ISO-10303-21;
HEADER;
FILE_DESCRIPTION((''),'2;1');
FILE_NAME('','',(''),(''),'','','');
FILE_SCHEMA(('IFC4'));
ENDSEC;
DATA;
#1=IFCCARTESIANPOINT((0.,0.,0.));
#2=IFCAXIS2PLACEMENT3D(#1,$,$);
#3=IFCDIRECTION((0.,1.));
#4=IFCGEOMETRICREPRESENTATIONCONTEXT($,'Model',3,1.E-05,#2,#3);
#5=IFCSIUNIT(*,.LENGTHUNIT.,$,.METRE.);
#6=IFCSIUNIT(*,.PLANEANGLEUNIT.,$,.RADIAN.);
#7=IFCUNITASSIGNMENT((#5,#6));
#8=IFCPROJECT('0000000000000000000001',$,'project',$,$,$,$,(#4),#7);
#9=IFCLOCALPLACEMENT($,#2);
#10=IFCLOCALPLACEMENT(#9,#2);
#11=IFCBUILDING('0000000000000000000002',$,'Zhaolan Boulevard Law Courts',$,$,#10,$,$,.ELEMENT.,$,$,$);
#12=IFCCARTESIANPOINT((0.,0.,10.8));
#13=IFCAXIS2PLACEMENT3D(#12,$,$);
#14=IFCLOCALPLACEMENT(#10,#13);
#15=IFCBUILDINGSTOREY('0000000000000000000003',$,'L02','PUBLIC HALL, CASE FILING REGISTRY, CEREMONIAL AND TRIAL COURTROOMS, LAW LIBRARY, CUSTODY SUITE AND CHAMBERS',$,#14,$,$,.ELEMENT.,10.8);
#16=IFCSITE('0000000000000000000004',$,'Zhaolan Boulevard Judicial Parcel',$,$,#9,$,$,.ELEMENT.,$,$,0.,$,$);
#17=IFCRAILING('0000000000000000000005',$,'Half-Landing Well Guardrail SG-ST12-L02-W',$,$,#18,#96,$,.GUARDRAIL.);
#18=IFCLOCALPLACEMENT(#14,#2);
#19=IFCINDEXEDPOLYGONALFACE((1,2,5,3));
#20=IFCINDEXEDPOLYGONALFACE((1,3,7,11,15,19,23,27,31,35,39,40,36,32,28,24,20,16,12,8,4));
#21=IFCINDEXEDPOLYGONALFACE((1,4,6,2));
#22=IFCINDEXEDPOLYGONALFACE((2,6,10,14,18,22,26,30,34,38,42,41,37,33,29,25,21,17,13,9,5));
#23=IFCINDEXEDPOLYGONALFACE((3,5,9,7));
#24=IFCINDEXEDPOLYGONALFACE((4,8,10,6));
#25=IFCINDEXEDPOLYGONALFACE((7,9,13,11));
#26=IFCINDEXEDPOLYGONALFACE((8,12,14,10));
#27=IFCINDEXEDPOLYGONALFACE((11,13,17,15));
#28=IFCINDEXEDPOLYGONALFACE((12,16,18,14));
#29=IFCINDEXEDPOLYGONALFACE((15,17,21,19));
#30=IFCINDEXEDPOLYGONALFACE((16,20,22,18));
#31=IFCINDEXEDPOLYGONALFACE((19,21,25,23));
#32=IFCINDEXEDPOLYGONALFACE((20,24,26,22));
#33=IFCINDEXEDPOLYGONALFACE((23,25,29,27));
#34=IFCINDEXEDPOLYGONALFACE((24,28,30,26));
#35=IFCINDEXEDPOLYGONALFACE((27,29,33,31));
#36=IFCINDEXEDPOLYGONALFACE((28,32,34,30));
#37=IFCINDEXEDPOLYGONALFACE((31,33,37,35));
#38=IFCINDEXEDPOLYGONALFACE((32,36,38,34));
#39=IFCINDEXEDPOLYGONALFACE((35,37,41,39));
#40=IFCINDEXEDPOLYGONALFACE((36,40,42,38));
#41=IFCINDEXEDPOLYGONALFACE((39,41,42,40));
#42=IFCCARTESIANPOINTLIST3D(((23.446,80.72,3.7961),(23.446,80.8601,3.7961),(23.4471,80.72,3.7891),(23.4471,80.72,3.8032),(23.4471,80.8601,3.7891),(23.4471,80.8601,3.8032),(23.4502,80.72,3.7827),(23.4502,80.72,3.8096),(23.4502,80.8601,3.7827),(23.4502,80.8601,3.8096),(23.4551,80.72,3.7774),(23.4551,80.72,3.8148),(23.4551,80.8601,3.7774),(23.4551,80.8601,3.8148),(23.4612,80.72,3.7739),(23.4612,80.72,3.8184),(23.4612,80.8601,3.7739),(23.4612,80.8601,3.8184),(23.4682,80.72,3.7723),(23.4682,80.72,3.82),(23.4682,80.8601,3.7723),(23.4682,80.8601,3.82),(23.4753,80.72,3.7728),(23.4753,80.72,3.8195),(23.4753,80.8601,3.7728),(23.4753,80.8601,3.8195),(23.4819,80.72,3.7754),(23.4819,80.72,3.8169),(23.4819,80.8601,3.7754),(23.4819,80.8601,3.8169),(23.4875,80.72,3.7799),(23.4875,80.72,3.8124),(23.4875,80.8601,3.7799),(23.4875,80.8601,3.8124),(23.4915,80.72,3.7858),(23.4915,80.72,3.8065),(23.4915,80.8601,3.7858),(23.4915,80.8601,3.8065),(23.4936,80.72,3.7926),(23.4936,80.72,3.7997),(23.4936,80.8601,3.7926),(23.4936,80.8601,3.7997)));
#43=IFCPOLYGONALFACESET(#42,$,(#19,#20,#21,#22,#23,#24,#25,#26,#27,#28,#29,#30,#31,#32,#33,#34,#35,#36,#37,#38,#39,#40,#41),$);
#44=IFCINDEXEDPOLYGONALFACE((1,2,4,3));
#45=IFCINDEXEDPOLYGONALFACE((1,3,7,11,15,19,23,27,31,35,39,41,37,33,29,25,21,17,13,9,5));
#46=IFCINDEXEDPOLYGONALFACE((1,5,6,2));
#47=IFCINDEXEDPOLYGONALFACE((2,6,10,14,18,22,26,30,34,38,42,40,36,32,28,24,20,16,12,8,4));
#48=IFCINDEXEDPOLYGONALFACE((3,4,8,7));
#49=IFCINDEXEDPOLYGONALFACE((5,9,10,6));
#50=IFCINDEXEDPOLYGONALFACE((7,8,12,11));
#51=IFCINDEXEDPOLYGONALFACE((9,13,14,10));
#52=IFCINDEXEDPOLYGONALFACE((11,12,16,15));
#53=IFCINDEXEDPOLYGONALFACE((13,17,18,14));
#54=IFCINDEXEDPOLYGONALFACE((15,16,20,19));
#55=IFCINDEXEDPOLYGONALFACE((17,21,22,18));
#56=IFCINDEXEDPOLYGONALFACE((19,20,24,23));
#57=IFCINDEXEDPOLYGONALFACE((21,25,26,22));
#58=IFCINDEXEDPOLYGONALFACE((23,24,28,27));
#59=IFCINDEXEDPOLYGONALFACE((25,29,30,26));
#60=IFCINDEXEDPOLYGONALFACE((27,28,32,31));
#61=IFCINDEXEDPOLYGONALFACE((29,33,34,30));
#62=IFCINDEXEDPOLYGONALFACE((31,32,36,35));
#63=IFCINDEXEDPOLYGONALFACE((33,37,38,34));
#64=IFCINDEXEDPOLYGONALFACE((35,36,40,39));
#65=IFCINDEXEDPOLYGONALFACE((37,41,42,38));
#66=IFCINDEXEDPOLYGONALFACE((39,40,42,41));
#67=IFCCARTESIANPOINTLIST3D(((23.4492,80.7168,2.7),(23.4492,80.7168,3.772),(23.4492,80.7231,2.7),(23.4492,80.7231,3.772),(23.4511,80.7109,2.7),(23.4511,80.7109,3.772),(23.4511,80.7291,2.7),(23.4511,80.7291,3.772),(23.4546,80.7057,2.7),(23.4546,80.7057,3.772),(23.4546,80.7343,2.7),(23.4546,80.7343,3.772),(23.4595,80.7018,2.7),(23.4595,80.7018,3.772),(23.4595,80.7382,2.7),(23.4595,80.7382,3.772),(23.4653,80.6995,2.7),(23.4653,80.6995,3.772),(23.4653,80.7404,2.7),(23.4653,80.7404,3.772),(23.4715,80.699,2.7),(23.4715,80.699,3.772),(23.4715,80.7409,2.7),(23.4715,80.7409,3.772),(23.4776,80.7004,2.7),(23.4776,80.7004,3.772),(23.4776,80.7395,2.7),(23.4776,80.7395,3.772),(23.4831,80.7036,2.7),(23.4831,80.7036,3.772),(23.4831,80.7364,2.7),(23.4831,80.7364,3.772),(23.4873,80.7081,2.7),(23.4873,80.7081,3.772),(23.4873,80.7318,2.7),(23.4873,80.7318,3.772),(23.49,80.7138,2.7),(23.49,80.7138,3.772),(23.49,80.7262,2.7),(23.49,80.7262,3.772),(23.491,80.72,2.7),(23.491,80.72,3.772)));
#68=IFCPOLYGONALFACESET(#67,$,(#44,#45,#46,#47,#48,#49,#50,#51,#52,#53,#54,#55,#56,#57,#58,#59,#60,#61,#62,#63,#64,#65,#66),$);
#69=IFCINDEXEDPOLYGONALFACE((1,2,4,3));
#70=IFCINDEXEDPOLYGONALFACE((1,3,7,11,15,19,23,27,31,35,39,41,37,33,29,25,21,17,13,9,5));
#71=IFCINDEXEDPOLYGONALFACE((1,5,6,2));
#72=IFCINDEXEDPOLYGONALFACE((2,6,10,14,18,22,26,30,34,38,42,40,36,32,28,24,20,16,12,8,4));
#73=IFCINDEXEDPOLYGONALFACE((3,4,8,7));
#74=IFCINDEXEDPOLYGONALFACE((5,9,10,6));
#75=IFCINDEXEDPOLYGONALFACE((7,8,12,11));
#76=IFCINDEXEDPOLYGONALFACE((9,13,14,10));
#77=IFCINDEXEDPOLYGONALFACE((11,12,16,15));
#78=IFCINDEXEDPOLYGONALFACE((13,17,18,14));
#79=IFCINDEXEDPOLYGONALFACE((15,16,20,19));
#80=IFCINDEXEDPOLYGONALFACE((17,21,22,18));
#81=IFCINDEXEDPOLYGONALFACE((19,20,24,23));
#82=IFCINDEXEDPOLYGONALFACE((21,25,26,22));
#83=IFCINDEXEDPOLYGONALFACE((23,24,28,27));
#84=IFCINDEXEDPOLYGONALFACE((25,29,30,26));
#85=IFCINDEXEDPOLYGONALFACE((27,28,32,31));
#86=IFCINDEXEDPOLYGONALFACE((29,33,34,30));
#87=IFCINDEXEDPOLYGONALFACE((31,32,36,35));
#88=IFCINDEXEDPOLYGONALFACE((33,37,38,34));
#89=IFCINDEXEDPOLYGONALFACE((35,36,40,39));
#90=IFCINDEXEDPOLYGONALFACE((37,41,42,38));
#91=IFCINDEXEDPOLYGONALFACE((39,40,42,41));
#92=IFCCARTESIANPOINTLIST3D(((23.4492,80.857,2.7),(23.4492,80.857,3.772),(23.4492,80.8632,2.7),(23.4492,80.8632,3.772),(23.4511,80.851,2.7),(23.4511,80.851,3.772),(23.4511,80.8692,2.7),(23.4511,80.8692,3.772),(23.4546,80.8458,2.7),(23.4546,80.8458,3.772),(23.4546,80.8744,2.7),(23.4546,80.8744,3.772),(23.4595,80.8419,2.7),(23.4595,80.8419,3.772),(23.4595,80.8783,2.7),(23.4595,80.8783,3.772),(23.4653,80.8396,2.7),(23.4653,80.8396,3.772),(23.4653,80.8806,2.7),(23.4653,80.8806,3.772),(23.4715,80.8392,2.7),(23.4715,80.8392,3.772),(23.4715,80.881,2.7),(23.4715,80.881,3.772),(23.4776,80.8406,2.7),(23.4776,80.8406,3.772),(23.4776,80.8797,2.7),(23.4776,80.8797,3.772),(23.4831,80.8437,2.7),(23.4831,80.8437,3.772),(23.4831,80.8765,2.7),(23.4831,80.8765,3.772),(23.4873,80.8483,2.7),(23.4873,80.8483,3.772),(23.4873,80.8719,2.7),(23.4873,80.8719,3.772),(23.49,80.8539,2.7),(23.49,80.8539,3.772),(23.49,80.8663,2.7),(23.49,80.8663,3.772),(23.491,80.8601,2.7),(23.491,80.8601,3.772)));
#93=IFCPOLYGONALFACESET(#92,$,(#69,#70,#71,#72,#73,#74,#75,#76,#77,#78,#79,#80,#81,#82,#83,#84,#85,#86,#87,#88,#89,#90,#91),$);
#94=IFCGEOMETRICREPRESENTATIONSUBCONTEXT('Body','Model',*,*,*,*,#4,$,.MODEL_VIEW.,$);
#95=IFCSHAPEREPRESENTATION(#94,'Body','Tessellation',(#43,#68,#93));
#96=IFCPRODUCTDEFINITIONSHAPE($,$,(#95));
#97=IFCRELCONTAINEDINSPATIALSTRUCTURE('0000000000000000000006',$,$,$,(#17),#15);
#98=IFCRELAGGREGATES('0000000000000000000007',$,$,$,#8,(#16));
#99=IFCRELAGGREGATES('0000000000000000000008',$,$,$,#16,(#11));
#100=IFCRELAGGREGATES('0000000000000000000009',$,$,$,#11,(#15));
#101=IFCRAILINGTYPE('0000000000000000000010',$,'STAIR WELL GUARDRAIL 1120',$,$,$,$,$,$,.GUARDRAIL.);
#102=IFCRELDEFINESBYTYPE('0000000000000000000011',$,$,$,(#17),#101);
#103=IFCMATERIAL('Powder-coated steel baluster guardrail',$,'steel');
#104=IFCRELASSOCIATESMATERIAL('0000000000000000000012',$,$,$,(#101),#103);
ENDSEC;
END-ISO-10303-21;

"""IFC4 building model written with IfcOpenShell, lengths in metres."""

from ifc_helpers import new_model, si_unit, direction, frame, origin, origin_2d, place, context, subcontext, project, spatial, circle, extrude, material, type_object, element, save


model = new_model("IFC4")

# Units and contexts
model_context = context("Model", 3, precision=1e-05, world=origin(), true_north=direction((0.0, 1.0)))
body_context = subcontext(model_context, "Body", "Model", "MODEL_VIEW")
ifc_project = project(units=[si_unit("LENGTHUNIT", "METRE"), si_unit("PLANEANGLEUNIT", "RADIAN")], contexts=[model_context])

# Site, building, storey
site_placement = place(None, origin())
site = spatial("IfcSite", under=ifc_project, at=site_placement, Name="Zhaolan Boulevard Judicial Parcel", CompositionType="ELEMENT", RefElevation=0.0)
building_placement = place(site_placement, origin())
building = spatial("IfcBuilding", under=site, at=building_placement, Name="Zhaolan Boulevard Law Courts", CompositionType="ELEMENT")
storey_placement = place(building_placement, frame((0.0, 0.0, 10.8)))
storey = spatial("IfcBuildingStorey", under=building, at=storey_placement, Name="L02", Description="PUBLIC HALL, CASE FILING REGISTRY, CEREMONIAL AND TRIAL COURTROOMS, LAW LIBRARY, CUSTODY SUITE AND CHAMBERS", CompositionType="ELEMENT", Elevation=10.8)

# Railing
ifc_material_1 = material(Name="Powder-coated steel baluster guardrail", Category="steel")
railing_type_1 = type_object("IfcRailingType", Name="STAIR WELL GUARDRAIL 1120", PredefinedType="GUARDRAIL", material=ifc_material_1)
railing_1_placement = place(storey_placement, frame((23.47, 80.72, 2.7)))
element("IfcRailing", 1, at=railing_1_placement, inside=storey, type_object=railing_type_1, Name="Half-Landing Well Guardrail SG-ST12-L02-W", PredefinedType="GUARDRAIL", context=body_context, shape_type="SweptSolid", body=[
    extrude(circle(Radius=0.0239, at=origin_2d()), frame((0.0, 0.0, 1.0962), z_axis=(0.0, 1.0, 0.0), x_axis=(-1.0, 0.0, 0.0)), (0.0, 0.0, 1.0), 0.1401),
    extrude(circle(Radius=0.021, at=origin_2d()), origin(), (0.0, 0.0, 1.0), 1.072),
    extrude(circle(Radius=0.021, at=origin_2d()), frame((0.0, 0.1401, 0.0)), (0.0, 0.0, 1.0), 1.072),
])

save(model, "model.ifc")
